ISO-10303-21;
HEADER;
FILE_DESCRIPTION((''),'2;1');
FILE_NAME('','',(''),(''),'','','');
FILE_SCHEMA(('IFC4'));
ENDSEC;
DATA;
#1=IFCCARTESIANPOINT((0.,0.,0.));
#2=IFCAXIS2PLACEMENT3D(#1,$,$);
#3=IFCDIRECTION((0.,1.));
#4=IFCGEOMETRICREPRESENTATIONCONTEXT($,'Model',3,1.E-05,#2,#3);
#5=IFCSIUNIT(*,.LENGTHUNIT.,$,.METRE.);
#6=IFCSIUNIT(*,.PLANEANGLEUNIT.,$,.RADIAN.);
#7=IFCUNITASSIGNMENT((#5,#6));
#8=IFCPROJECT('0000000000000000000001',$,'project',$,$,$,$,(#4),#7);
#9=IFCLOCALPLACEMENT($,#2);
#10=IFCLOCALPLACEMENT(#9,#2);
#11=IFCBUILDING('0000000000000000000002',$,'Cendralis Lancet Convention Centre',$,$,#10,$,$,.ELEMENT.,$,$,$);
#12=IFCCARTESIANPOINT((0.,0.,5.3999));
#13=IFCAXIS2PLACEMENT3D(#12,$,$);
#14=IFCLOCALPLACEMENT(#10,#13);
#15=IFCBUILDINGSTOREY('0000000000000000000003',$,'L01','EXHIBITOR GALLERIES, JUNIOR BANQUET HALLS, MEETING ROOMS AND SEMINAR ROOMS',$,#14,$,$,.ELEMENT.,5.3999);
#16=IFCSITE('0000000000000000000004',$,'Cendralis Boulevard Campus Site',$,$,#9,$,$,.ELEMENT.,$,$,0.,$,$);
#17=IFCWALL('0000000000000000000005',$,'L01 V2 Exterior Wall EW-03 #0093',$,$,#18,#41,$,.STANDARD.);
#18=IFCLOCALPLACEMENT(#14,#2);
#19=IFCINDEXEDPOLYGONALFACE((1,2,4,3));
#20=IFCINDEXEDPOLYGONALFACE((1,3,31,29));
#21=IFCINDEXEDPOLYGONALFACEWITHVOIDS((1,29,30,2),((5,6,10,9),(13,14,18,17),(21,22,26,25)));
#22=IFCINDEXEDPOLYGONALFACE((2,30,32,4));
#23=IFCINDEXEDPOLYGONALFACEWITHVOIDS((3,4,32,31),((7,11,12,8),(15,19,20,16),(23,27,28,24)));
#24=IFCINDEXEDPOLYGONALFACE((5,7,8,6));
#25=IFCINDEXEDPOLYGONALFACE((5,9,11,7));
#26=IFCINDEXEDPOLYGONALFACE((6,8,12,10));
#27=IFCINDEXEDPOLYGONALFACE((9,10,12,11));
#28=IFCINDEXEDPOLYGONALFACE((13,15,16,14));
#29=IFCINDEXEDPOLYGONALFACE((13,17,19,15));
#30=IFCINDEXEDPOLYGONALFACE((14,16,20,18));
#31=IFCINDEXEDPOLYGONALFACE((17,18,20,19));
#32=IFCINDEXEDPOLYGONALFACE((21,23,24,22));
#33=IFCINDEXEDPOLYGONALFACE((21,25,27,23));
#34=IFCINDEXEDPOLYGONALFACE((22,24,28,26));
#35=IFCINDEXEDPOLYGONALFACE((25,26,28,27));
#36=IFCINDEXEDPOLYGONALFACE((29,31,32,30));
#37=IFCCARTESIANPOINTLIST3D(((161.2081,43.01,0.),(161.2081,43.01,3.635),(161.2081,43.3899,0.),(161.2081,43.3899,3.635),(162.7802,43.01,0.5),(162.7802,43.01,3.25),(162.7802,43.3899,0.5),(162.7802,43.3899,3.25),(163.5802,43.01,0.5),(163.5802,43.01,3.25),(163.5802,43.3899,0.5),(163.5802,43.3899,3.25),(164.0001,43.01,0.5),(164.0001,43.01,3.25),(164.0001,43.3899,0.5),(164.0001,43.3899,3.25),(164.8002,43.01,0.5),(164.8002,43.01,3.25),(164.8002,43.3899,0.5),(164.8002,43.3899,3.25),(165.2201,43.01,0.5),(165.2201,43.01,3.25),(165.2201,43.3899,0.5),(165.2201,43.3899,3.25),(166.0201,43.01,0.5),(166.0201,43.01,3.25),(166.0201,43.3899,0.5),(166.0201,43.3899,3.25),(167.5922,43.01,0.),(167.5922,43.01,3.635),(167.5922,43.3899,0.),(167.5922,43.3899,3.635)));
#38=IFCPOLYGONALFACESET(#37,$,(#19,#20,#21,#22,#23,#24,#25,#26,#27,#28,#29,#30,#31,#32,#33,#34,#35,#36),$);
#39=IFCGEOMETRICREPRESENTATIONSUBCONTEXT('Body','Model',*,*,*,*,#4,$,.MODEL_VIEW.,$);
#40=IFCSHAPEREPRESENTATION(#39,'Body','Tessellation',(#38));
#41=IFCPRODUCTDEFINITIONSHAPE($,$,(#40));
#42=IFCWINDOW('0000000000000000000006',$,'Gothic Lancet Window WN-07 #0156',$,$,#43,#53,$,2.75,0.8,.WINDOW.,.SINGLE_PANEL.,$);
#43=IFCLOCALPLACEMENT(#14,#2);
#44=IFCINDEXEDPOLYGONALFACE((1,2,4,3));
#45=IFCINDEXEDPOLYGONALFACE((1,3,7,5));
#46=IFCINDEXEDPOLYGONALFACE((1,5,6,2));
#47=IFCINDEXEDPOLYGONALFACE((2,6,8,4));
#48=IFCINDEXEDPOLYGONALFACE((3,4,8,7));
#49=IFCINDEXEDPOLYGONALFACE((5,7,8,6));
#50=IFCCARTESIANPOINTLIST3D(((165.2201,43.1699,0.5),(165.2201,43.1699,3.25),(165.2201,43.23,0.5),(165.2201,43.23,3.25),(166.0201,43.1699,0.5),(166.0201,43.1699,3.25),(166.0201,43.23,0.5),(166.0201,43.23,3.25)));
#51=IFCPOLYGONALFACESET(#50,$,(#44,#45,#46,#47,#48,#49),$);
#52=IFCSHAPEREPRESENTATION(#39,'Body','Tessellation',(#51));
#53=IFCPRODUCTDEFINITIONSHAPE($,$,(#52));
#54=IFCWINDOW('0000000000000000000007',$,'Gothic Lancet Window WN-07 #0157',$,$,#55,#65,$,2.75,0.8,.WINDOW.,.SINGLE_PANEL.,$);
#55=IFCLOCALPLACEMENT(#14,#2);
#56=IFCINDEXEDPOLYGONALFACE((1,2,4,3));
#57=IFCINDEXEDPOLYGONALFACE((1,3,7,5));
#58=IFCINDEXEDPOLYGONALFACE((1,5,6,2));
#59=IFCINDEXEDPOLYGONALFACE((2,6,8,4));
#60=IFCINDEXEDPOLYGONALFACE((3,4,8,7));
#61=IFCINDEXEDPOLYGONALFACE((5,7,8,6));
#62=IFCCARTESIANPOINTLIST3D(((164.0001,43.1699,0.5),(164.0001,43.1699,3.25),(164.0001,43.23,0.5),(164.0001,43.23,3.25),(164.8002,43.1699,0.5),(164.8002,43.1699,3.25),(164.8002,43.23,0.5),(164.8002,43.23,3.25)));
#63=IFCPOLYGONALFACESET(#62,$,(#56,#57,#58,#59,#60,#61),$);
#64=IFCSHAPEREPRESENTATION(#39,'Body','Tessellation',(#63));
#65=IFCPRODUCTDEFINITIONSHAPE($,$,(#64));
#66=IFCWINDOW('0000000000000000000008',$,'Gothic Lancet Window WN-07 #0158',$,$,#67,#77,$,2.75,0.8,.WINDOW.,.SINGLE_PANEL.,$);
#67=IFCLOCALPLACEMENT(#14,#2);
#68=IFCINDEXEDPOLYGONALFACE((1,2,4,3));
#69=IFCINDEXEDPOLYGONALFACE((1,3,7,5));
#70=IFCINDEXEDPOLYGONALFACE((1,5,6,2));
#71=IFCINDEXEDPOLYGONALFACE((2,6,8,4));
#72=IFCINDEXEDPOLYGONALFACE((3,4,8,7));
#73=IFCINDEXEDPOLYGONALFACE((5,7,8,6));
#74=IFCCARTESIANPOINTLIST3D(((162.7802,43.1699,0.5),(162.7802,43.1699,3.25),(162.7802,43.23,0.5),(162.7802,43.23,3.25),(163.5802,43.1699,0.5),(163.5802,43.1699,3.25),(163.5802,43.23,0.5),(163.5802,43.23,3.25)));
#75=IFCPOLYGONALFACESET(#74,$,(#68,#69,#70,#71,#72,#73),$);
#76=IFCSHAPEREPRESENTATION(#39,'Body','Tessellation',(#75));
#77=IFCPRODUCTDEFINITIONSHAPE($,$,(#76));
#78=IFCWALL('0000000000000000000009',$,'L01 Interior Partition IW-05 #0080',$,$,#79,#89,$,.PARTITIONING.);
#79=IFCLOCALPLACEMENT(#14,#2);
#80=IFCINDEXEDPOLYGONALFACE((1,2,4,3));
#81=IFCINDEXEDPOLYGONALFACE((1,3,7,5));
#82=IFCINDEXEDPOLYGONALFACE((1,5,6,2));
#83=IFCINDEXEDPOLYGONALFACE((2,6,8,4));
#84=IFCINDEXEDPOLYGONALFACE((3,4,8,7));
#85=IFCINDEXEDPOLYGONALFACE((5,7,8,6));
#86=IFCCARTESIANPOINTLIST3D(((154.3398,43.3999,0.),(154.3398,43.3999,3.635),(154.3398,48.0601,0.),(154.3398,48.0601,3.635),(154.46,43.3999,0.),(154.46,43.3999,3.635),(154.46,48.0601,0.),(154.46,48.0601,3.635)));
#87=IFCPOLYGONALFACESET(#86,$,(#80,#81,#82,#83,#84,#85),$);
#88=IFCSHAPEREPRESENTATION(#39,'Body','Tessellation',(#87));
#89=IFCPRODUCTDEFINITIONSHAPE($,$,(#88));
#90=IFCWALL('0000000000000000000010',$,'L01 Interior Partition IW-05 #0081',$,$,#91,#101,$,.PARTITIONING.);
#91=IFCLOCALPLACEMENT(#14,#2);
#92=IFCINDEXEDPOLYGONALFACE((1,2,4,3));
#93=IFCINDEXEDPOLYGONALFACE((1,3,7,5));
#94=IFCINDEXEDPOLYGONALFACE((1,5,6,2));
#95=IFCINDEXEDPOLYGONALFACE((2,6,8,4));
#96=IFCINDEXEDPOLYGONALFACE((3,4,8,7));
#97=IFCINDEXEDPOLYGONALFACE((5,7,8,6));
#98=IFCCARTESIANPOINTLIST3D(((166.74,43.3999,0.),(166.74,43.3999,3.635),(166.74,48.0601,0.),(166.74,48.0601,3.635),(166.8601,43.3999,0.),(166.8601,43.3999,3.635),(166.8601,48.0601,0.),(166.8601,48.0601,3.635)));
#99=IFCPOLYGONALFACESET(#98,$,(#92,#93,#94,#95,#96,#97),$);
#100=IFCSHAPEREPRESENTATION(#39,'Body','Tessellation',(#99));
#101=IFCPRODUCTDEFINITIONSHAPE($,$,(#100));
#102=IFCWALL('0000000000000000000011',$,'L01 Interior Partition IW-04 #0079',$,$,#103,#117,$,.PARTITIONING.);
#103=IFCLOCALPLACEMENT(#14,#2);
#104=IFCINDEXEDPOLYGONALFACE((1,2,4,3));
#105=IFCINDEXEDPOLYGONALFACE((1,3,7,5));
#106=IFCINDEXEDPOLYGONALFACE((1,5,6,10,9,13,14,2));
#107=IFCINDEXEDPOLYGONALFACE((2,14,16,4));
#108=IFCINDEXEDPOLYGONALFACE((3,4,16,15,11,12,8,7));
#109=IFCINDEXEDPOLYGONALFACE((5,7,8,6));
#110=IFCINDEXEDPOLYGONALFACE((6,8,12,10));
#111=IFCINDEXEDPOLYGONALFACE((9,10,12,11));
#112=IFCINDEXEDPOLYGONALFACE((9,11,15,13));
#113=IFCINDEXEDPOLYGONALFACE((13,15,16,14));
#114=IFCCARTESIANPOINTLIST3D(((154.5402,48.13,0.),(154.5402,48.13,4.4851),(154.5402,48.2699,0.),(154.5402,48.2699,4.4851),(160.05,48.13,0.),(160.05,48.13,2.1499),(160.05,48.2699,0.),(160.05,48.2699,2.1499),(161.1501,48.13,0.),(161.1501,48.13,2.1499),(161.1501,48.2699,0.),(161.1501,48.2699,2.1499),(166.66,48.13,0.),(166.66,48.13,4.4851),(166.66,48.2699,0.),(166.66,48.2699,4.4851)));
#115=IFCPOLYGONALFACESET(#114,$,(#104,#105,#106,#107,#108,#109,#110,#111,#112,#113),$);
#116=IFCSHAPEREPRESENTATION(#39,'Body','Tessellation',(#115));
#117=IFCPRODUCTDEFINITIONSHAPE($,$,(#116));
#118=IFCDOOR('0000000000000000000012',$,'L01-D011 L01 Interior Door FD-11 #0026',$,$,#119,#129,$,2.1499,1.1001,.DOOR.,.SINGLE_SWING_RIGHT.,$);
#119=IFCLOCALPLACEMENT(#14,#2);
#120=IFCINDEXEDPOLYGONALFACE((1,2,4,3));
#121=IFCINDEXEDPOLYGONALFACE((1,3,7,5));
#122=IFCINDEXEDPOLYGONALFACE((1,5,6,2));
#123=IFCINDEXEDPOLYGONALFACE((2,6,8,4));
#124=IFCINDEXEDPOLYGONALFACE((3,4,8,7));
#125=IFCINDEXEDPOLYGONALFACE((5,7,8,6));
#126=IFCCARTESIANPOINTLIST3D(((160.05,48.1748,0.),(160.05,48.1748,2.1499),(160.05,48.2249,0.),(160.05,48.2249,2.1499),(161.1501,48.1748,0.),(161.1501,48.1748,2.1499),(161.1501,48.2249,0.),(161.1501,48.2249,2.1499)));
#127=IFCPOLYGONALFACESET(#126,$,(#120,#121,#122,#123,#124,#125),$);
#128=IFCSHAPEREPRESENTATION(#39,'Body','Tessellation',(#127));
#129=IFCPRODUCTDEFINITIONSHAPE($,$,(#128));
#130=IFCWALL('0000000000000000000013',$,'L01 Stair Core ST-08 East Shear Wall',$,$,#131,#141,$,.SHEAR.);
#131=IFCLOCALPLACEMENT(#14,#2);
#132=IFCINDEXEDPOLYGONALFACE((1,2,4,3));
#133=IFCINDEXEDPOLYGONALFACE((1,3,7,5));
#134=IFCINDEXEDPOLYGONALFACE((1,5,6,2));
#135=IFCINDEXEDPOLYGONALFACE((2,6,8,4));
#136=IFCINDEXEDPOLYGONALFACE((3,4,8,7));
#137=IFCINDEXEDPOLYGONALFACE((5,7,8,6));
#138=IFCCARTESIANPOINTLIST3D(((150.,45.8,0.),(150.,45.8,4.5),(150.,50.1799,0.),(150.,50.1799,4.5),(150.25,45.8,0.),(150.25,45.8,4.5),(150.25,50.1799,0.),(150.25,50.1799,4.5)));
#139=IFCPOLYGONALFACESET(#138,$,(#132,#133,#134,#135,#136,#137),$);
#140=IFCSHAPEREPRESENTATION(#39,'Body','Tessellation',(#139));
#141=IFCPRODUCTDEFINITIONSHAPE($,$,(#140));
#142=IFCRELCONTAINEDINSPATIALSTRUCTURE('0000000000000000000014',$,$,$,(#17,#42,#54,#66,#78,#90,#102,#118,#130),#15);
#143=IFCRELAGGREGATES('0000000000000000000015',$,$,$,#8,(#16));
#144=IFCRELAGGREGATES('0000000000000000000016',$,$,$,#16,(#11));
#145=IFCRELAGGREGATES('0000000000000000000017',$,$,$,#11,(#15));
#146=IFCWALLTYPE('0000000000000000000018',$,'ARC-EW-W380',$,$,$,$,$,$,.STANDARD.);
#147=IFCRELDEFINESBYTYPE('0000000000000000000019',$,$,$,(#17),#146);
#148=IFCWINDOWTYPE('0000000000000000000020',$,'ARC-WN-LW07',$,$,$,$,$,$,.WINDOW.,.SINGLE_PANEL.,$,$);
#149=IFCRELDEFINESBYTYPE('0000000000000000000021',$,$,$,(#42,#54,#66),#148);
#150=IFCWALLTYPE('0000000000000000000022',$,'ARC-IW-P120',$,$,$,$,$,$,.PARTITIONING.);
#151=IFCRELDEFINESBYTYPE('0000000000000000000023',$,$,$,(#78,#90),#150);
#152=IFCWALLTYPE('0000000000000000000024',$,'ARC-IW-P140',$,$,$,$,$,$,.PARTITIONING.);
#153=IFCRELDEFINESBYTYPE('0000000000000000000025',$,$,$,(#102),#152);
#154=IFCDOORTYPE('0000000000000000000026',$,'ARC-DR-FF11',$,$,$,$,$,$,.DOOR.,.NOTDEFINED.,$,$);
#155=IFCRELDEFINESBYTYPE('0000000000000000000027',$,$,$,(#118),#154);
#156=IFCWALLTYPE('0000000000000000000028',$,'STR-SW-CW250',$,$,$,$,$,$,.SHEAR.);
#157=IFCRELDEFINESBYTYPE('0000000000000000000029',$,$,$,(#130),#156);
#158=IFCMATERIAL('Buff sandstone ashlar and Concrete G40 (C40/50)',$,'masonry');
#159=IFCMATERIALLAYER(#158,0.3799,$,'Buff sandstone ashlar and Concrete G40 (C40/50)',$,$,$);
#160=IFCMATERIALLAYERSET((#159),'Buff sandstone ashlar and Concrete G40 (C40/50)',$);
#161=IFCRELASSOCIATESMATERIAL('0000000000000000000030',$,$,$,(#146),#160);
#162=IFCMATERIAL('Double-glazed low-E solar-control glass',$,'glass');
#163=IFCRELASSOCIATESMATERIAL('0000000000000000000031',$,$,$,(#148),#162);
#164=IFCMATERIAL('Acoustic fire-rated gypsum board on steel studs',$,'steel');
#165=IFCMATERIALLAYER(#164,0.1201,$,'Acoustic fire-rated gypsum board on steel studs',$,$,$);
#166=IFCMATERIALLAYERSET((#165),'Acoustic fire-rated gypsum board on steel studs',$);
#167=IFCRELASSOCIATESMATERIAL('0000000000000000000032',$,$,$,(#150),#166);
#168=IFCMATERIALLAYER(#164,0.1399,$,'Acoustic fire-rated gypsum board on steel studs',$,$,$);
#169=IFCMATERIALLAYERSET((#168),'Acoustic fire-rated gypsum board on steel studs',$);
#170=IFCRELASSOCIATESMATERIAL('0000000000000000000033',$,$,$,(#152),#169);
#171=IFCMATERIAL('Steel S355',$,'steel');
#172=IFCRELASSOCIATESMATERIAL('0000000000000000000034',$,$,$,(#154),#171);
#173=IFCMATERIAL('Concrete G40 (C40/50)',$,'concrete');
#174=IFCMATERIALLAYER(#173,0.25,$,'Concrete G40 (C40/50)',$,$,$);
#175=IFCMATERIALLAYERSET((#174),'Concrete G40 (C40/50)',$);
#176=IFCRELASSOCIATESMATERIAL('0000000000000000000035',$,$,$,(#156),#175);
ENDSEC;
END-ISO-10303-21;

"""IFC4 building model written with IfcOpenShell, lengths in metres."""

from ifc_helpers import new_model, si_unit, direction, frame, frame_2d, origin, place, context, subcontext, project, spatial, rectangle, extrude, material, layer, layer_set, type_object, element, fill, save


model = new_model("IFC4")

# Units and contexts
model_context = context("Model", 3, precision=1e-05, world=origin(), true_north=direction((0.0, 1.0)))
body_context = subcontext(model_context, "Body", "Model", "MODEL_VIEW")
ifc_project = project(units=[si_unit("LENGTHUNIT", "METRE"), si_unit("PLANEANGLEUNIT", "RADIAN")], contexts=[model_context])

# Site, building, storey
site_placement = place(None, origin())
site = spatial("IfcSite", under=ifc_project, at=site_placement, Name="Cendralis Boulevard Campus Site", CompositionType="ELEMENT", RefElevation=0.0)
building_placement = place(site_placement, origin())
building = spatial("IfcBuilding", under=site, at=building_placement, Name="Cendralis Lancet Convention Centre", CompositionType="ELEMENT")
storey_placement = place(building_placement, frame((0.0, 0.0, 5.3999)))
storey = spatial("IfcBuildingStorey", under=building, at=storey_placement, Name="L01", Description="EXHIBITOR GALLERIES, JUNIOR BANQUET HALLS, MEETING ROOMS AND SEMINAR ROOMS", CompositionType="ELEMENT", Elevation=5.3999)

# Shared definitions
ifc_material_1 = material(Name="Concrete G40 (C40/50)", Category="concrete")

# Shared definitions
ifc_material_2 = material(Name="Steel S355", Category="steel")

# Wall, openings, windows
ifc_material_3 = material(Name="Buff sandstone ashlar and Concrete G40 (C40/50)", Category="masonry")
ifc_layer_1 = layer(ifc_material_3, 0.3799, Name="Buff sandstone ashlar and Concrete G40 (C40/50)")
ifc_layer_set_1 = layer_set([ifc_layer_1], Name="Buff sandstone ashlar and Concrete G40 (C40/50)")
wall_type_1 = type_object("IfcWallType", Name="ARC-EW-W380", PredefinedType="STANDARD", material=ifc_layer_set_1)
wall_1_placement = place(storey_placement, frame((167.592, 43.2, 0.0), z_axis=(0.0, 0.0, 1.0), x_axis=(-1.0, 0.0, 0.0)))
wall_1 = element("IfcWall", 1, at=wall_1_placement, inside=storey, type_object=wall_type_1, Name="L01 V2 Exterior Wall EW-03 #0093", PredefinedType="STANDARD", context=body_context, shape_type="SweptSolid", body=[
    extrude(rectangle(XDim=6.384, YDim=0.3799, at=frame_2d((3.1919, 0.0))), origin(), (0.0, 0.0, 1.0), 3.635),
])
opening_1_placement = place(wall_1_placement, frame((1.572, 0.0, 0.5)))
opening_1 = element("IfcOpeningElement", 2, at=opening_1_placement, cuts=wall_1, PredefinedType="OPENING", context=body_context, shape_type="SweptSolid", body=[
    extrude(rectangle(XDim=0.8, YDim=2.75, at=frame_2d((0.3999, 1.375))), frame((0.0, 0.2, 0.0), z_axis=(0.0, -1.0, 0.0), x_axis=(1.0, 0.0, 0.0)), (0.0, 0.0, 1.0), 0.3999),
])
opening_2_placement = place(wall_1_placement, frame((2.792, 0.0, 0.5)))
opening_2 = element("IfcOpeningElement", 3, at=opening_2_placement, cuts=wall_1, PredefinedType="OPENING", context=body_context, shape_type="SweptSolid", body=[
    extrude(rectangle(XDim=0.8, YDim=2.75, at=frame_2d((0.3999, 1.375))), frame((0.0, 0.2, 0.0), z_axis=(0.0, -1.0, 0.0), x_axis=(1.0, 0.0, 0.0)), (0.0, 0.0, 1.0), 0.3999),
])
opening_3_placement = place(wall_1_placement, frame((4.012, 0.0, 0.5)))
opening_3 = element("IfcOpeningElement", 4, at=opening_3_placement, cuts=wall_1, PredefinedType="OPENING", context=body_context, shape_type="SweptSolid", body=[
    extrude(rectangle(XDim=0.8, YDim=2.75, at=frame_2d((0.3999, 1.375))), frame((0.0, 0.2, 0.0), z_axis=(0.0, -1.0, 0.0), x_axis=(1.0, 0.0, 0.0)), (0.0, 0.0, 1.0), 0.3999),
])
ifc_material_4 = material(Name="Double-glazed low-E solar-control glass", Category="glass")
window_type = type_object("IfcWindowType", Name="ARC-WN-LW07", PartitioningType="SINGLE_PANEL", PredefinedType="WINDOW", material=ifc_material_4)
window_1_placement = place(opening_1_placement, origin())
window_1 = element("IfcWindow", 5, at=window_1_placement, inside=storey, type_object=window_type, Name="Gothic Lancet Window WN-07 #0156", OverallHeight=2.75, OverallWidth=0.8, PartitioningType="SINGLE_PANEL", PredefinedType="WINDOW", context=body_context, shape_type="SweptSolid", body=[
    extrude(rectangle(XDim=0.8, YDim=2.75, at=frame_2d((0.3999, 1.375))), frame((0.0, 0.03, 0.0), z_axis=(0.0, -1.0, 0.0), x_axis=(1.0, 0.0, 0.0)), (0.0, 0.0, 1.0), 0.0601),
])
fill(opening_1, window_1)
window_2_placement = place(opening_2_placement, origin())
window_2 = element("IfcWindow", 6, at=window_2_placement, inside=storey, type_object=window_type, Name="Gothic Lancet Window WN-07 #0157", OverallHeight=2.75, OverallWidth=0.8, PartitioningType="SINGLE_PANEL", PredefinedType="WINDOW", context=body_context, shape_type="SweptSolid", body=[
    extrude(rectangle(XDim=0.8, YDim=2.75, at=frame_2d((0.3999, 1.375))), frame((0.0, 0.03, 0.0), z_axis=(0.0, -1.0, 0.0), x_axis=(1.0, 0.0, 0.0)), (0.0, 0.0, 1.0), 0.0601),
])
fill(opening_2, window_2)
window_3_placement = place(opening_3_placement, origin())
window_3 = element("IfcWindow", 7, at=window_3_placement, inside=storey, type_object=window_type, Name="Gothic Lancet Window WN-07 #0158", OverallHeight=2.75, OverallWidth=0.8, PartitioningType="SINGLE_PANEL", PredefinedType="WINDOW", context=body_context, shape_type="SweptSolid", body=[
    extrude(rectangle(XDim=0.8, YDim=2.75, at=frame_2d((0.3999, 1.375))), frame((0.0, 0.03, 0.0), z_axis=(0.0, -1.0, 0.0), x_axis=(1.0, 0.0, 0.0)), (0.0, 0.0, 1.0), 0.0601),
])
fill(opening_3, window_3)

# Walls
ifc_material_5 = material(Name="Acoustic fire-rated gypsum board on steel studs", Category="steel")
ifc_layer_2 = layer(ifc_material_5, 0.1201, Name="Acoustic fire-rated gypsum board on steel studs")
ifc_layer_set_2 = layer_set([ifc_layer_2], Name="Acoustic fire-rated gypsum board on steel studs")
wall_type_2 = type_object("IfcWallType", Name="ARC-IW-P120", PredefinedType="PARTITIONING", material=ifc_layer_set_2)
for number, where, z_axis, x_axis, name in (
    (8, (154.3999, 43.3999, 0.0), (0.0, 0.0, 1.0), (0.0, 1.0, 0.0), "L01 Interior Partition IW-05 #0080"),
    (9, (166.8, 43.3999, 0.0), (0.0, 0.0, 1.0), (0.0, 1.0, 0.0), "L01 Interior Partition IW-05 #0081"),
):
    element("IfcWall", number, at=place(storey_placement, frame(where, z_axis=z_axis, x_axis=x_axis)), inside=storey, type_object=wall_type_2, Name=name, PredefinedType="PARTITIONING", context=body_context, shape_type="SweptSolid", body=[
        extrude(rectangle(XDim=4.6602, YDim=0.1201, at=frame_2d((2.3301, 0.0))), origin(), (0.0, 0.0, 1.0), 3.635),
    ])

# Wall, opening, door
ifc_layer_3 = layer(ifc_material_5, 0.1399, Name="Acoustic fire-rated gypsum board on steel studs")
ifc_layer_set_3 = layer_set([ifc_layer_3], Name="Acoustic fire-rated gypsum board on steel studs")
wall_type_3 = type_object("IfcWallType", Name="ARC-IW-P140", PredefinedType="PARTITIONING", material=ifc_layer_set_3)
wall_2_placement = place(storey_placement, frame((154.54, 48.2, 0.0), z_axis=(0.0, 0.0, 1.0), x_axis=(1.0, 0.0, 0.0)))
wall_2 = element("IfcWall", 10, at=wall_2_placement, inside=storey, type_object=wall_type_3, Name="L01 Interior Partition IW-04 #0079", PredefinedType="PARTITIONING", context=body_context, shape_type="SweptSolid", body=[
    extrude(rectangle(XDim=12.1199, YDim=0.1399, at=frame_2d((6.0601, 0.0))), origin(), (0.0, 0.0, 1.0), 4.4851),
])
opening_4_placement = place(wall_2_placement, frame((5.51, 0.0, 0.0)))
opening_4 = element("IfcOpeningElement", 11, at=opening_4_placement, cuts=wall_2, PredefinedType="OPENING", context=body_context, shape_type="SweptSolid", body=[
    extrude(rectangle(XDim=1.1001, YDim=2.1499, at=frame_2d((0.55, 1.075))), frame((0.0, 0.0798, 0.0), z_axis=(0.0, -1.0, 0.0), x_axis=(1.0, 0.0, 0.0)), (0.0, 0.0, 1.0), 0.1599),
])
door_type = type_object("IfcDoorType", Name="ARC-DR-FF11", OperationType="NOTDEFINED", PredefinedType="DOOR", material=ifc_material_2)
door_placement = place(opening_4_placement, origin())
door = element("IfcDoor", 12, at=door_placement, inside=storey, type_object=door_type, Name="L01-D011 L01 Interior Door FD-11 #0026", OperationType="SINGLE_SWING_RIGHT", OverallHeight=2.1499, OverallWidth=1.1001, PredefinedType="DOOR", context=body_context, shape_type="SweptSolid", body=[
    extrude(rectangle(XDim=1.1001, YDim=2.1499, at=frame_2d((0.55, 1.075))), frame((0.0, 0.0249, 0.0), z_axis=(0.0, -1.0, 0.0), x_axis=(1.0, 0.0, 0.0)), (0.0, 0.0, 1.0), 0.05),
])
fill(opening_4, door)

# Wall
ifc_layer_4 = layer(ifc_material_1, 0.25, Name="Concrete G40 (C40/50)")
ifc_layer_set_4 = layer_set([ifc_layer_4], Name="Concrete G40 (C40/50)")
wall_type_4 = type_object("IfcWallType", Name="STR-SW-CW250", PredefinedType="SHEAR", material=ifc_layer_set_4)
wall_3_placement = place(storey_placement, frame((150.125, 45.8, 0.0), z_axis=(0.0, 0.0, 1.0), x_axis=(0.0, 1.0, 0.0)))
element("IfcWall", 13, at=wall_3_placement, inside=storey, type_object=wall_type_4, Name="L01 Stair Core ST-08 East Shear Wall", PredefinedType="SHEAR", context=body_context, shape_type="SweptSolid", body=[
    extrude(rectangle(XDim=4.3799, YDim=0.25, at=frame_2d((2.1899, 0.0))), origin(), (0.0, 0.0, 1.0), 4.5),
])

save(model, "model.ifc")
